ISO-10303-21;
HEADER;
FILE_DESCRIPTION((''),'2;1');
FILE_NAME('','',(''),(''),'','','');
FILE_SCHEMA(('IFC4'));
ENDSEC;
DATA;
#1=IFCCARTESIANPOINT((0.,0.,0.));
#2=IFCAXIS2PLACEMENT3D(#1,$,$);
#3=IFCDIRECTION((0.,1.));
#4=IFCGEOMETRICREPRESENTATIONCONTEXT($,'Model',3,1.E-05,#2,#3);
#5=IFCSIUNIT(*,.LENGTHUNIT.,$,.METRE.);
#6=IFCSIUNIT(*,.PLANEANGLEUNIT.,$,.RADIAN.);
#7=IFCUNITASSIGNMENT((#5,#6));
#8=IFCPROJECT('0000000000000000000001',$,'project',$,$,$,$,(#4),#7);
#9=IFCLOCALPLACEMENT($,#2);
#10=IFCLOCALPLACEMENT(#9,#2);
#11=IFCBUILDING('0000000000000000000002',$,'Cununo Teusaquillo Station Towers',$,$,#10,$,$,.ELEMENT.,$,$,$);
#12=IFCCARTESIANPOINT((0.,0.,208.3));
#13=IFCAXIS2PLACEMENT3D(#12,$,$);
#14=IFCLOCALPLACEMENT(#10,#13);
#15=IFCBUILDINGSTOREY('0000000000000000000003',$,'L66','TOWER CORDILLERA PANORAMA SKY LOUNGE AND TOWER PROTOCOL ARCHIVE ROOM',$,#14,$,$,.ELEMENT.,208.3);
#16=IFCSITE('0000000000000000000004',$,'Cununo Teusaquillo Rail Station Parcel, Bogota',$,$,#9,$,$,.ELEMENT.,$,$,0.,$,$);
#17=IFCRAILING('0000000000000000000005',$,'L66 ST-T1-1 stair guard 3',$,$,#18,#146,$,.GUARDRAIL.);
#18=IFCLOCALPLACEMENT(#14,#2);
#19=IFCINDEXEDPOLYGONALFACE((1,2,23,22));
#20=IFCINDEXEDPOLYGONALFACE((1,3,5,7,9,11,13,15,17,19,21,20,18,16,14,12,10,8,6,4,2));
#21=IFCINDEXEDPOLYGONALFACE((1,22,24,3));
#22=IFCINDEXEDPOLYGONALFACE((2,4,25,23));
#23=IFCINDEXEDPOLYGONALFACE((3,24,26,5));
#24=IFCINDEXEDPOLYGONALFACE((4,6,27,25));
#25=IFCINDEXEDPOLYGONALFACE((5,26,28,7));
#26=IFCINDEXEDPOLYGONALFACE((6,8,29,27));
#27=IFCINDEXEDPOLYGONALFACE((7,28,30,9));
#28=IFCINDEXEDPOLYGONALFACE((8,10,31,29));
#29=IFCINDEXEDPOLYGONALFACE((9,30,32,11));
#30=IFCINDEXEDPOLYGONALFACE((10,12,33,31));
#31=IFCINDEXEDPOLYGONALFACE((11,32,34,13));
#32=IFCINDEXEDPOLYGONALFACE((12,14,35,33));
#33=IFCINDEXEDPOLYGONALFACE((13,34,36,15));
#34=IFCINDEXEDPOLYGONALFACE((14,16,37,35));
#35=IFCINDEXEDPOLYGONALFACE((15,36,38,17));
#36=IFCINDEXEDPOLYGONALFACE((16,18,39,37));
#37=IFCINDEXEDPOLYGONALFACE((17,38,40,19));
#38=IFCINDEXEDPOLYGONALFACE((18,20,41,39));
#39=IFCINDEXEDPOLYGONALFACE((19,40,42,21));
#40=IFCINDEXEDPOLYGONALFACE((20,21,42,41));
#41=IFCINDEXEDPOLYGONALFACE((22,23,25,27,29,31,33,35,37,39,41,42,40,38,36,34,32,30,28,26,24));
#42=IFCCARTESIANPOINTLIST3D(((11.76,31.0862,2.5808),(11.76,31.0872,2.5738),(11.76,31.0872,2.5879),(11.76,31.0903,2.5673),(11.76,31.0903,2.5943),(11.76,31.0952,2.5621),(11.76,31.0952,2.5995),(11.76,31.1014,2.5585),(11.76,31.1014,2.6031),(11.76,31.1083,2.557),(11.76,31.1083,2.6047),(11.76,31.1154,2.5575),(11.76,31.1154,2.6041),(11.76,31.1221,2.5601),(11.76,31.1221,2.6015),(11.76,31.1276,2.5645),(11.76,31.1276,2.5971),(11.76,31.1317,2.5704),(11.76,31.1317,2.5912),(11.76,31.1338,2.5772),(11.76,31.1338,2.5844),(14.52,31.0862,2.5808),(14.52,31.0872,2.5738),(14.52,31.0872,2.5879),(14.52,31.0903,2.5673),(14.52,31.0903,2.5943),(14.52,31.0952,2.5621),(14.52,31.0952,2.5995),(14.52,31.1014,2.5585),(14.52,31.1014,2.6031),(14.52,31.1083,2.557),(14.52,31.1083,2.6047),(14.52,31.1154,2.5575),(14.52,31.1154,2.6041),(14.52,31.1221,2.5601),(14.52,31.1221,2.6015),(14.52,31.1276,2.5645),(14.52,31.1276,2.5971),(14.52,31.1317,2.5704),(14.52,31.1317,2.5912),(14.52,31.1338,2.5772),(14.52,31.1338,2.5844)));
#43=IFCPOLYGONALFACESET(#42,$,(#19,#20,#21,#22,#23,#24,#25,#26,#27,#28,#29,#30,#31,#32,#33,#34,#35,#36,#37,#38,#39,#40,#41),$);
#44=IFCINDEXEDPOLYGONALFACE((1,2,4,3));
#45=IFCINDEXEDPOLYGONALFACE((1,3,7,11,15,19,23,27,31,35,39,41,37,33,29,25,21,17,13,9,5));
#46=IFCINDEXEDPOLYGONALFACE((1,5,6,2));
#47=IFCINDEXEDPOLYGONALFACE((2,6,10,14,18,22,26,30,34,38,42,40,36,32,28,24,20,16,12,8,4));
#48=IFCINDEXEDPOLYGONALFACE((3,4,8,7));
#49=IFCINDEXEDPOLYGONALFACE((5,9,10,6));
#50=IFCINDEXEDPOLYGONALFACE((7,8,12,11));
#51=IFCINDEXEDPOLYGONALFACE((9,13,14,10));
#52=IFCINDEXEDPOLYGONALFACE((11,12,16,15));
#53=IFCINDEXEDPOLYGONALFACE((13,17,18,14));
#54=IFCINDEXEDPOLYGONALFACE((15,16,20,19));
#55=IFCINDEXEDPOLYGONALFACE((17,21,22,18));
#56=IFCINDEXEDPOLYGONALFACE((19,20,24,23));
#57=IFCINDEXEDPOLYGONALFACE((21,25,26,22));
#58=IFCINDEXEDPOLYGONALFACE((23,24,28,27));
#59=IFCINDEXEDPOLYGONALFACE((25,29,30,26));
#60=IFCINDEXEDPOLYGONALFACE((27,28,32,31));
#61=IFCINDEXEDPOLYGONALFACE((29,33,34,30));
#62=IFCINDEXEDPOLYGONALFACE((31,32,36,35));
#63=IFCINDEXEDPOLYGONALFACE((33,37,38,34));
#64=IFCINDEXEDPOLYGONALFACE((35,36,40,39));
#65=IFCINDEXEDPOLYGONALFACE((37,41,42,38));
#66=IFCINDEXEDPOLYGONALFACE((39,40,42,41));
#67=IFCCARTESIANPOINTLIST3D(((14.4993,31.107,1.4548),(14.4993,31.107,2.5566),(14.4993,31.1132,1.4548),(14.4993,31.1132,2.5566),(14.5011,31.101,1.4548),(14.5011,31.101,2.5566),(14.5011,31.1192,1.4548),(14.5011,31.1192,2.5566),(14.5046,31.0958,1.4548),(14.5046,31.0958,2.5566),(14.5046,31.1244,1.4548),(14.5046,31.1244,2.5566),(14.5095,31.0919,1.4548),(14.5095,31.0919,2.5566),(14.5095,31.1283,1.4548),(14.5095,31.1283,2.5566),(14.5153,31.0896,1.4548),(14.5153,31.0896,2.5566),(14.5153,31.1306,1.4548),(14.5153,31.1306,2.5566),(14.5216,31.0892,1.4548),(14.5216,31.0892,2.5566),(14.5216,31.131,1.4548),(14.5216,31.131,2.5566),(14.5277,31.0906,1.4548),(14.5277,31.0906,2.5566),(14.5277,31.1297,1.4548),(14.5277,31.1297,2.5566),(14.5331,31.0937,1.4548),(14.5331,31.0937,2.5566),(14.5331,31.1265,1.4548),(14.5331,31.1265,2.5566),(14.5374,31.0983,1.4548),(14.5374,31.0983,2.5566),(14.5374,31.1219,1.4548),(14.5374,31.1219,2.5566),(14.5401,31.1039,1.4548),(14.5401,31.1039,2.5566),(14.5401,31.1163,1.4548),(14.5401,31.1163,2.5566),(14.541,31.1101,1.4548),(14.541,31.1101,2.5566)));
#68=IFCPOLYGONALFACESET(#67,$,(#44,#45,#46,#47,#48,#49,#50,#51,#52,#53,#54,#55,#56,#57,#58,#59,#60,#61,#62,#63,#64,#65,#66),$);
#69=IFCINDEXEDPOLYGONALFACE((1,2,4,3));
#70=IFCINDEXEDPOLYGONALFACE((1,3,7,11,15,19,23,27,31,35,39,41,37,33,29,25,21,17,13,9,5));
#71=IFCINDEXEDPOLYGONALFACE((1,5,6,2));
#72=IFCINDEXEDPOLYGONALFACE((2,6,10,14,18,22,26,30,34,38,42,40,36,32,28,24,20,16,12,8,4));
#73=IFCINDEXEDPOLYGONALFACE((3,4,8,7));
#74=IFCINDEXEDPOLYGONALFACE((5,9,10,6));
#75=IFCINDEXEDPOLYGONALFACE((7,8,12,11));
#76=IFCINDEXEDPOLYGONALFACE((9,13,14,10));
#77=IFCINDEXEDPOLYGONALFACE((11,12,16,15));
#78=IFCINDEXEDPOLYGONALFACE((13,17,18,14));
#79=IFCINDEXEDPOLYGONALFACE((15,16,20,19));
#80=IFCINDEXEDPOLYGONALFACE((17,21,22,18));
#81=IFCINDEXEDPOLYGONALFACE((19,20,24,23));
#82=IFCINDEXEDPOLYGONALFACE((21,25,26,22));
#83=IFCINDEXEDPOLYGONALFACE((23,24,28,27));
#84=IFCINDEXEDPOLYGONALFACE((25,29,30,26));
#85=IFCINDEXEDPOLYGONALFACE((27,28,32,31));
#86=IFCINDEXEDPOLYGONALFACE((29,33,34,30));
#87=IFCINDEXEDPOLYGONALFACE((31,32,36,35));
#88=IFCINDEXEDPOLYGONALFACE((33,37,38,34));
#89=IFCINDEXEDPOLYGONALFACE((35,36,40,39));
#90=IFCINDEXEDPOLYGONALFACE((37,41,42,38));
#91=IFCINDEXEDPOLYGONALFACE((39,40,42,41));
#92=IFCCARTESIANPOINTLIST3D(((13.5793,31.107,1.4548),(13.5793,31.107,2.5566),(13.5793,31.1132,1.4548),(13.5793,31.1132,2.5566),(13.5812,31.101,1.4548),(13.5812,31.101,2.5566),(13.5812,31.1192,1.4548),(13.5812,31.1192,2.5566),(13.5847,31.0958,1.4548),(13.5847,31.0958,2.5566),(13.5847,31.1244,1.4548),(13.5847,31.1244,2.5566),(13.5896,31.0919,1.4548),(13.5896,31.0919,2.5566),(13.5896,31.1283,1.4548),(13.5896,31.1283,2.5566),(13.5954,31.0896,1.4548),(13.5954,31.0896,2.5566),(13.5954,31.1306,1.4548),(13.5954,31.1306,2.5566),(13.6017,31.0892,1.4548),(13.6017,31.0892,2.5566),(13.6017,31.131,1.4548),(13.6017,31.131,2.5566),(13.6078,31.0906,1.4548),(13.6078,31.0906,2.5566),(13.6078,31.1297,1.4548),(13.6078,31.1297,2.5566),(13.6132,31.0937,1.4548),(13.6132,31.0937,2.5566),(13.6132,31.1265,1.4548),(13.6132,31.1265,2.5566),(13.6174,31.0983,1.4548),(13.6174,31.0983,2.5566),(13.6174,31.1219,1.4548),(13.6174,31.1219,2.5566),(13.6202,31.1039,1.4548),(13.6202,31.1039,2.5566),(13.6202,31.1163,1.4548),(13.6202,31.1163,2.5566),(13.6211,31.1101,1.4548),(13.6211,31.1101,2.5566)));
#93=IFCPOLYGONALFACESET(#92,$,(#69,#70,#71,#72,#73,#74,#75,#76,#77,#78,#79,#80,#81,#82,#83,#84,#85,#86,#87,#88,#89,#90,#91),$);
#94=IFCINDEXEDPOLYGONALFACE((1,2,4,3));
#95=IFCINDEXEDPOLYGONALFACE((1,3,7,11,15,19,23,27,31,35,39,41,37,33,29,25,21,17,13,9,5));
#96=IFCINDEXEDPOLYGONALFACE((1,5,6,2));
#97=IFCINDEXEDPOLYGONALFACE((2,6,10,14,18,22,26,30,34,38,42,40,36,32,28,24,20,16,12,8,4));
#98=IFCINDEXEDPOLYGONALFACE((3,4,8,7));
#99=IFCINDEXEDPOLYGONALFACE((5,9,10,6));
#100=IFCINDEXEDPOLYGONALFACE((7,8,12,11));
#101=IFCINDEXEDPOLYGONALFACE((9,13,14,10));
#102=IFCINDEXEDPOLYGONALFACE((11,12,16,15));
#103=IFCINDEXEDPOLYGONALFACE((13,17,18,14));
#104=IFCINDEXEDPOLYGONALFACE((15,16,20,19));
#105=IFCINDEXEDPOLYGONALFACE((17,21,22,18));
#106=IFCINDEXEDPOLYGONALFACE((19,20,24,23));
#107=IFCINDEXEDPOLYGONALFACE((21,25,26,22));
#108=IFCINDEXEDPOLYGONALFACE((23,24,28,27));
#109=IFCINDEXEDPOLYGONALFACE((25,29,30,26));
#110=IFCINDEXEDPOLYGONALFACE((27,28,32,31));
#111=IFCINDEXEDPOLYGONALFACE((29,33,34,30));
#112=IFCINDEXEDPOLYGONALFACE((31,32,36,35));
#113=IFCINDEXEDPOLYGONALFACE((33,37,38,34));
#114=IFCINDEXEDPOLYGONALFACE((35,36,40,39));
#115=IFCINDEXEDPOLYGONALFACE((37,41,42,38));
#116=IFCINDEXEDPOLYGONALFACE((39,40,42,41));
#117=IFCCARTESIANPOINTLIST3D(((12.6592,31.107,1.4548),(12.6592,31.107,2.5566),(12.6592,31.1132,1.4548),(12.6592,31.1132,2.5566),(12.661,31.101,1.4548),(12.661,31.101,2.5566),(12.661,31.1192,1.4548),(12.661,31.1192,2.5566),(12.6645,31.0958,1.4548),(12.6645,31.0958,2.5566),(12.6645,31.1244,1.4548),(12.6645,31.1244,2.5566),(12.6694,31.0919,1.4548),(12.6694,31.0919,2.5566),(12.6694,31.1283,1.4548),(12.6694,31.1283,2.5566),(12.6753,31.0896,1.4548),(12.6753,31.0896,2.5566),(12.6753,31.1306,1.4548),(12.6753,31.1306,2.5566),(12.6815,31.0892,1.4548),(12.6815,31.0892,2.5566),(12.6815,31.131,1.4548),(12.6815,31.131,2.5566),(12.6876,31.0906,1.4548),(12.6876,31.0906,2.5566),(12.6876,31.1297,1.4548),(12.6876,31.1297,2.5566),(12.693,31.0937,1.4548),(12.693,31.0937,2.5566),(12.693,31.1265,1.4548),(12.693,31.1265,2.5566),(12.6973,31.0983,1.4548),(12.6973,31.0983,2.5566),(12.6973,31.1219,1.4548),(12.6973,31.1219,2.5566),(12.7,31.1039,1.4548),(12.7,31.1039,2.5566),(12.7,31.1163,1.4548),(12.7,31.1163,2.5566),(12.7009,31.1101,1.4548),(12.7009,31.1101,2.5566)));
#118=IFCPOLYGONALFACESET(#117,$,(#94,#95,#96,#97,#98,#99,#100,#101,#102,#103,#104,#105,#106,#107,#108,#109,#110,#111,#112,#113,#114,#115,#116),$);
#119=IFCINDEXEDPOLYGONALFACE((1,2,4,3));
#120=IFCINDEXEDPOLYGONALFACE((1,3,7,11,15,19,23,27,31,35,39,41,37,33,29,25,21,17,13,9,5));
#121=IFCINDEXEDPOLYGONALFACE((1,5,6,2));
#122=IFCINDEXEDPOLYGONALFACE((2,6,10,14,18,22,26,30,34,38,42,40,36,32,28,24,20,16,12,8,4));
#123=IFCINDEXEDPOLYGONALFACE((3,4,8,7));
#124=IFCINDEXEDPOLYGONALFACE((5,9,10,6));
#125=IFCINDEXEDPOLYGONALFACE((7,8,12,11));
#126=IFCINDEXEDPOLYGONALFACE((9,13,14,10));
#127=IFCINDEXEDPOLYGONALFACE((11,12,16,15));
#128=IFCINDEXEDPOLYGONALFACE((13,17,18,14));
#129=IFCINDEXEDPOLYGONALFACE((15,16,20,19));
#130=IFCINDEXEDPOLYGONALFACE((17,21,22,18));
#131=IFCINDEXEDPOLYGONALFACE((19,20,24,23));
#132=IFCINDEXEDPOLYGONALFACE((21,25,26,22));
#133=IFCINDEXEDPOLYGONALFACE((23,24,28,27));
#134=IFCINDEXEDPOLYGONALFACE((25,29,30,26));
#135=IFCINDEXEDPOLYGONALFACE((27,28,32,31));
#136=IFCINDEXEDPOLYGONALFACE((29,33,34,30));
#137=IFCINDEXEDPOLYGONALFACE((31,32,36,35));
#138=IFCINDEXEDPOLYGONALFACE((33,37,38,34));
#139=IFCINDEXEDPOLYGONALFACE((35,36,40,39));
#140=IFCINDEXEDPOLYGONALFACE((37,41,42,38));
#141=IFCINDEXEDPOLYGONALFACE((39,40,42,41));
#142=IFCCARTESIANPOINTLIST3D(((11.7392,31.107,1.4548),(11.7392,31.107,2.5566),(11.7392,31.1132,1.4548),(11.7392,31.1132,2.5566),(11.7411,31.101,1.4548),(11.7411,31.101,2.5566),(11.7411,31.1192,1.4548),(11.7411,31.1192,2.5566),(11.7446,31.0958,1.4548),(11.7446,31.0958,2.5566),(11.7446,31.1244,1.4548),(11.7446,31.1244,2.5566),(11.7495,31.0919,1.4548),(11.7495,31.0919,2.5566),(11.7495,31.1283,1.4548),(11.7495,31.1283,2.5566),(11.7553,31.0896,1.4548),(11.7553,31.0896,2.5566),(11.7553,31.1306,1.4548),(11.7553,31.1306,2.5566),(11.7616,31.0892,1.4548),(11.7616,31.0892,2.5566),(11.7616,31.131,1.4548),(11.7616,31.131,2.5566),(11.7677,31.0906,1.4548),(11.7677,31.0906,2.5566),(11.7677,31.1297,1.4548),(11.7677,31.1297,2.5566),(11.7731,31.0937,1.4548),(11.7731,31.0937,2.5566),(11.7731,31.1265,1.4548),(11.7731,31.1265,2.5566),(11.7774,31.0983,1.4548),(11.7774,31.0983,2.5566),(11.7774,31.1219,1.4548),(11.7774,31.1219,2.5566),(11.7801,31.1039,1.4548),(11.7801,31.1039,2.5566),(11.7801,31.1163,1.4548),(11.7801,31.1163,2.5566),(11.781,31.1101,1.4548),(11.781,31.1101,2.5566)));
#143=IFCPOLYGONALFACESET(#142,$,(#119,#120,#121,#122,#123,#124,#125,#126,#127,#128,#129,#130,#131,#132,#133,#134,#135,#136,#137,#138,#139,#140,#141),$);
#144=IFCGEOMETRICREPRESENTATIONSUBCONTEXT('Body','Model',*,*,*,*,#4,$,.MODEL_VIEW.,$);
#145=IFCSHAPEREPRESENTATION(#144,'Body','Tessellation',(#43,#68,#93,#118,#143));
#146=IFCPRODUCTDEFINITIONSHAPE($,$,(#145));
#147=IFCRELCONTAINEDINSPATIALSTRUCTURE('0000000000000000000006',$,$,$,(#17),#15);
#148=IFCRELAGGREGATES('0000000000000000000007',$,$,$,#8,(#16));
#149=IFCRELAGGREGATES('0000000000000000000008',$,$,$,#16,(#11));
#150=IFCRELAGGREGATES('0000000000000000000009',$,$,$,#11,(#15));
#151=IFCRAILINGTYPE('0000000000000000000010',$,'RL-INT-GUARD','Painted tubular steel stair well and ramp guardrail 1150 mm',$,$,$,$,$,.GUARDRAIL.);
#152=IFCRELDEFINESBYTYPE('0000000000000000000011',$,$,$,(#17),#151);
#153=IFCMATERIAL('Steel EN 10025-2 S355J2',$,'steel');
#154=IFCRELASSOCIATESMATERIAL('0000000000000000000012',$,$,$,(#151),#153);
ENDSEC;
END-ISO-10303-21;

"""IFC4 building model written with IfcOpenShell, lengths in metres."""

from ifc_helpers import new_model, si_unit, direction, frame, origin, origin_2d, place, context, subcontext, project, spatial, circle, extrude, material, type_object, element, save


model = new_model("IFC4")

# Units and contexts
model_context = context("Model", 3, precision=1e-05, world=origin(), true_north=direction((0.0, 1.0)))
body_context = subcontext(model_context, "Body", "Model", "MODEL_VIEW")
ifc_project = project(units=[si_unit("LENGTHUNIT", "METRE"), si_unit("PLANEANGLEUNIT", "RADIAN")], contexts=[model_context])

# Site, building, storey
site_placement = place(None, origin())
site = spatial("IfcSite", under=ifc_project, at=site_placement, Name="Cununo Teusaquillo Rail Station Parcel, Bogota", CompositionType="ELEMENT", RefElevation=0.0)
building_placement = place(site_placement, origin())
building = spatial("IfcBuilding", under=site, at=building_placement, Name="Cununo Teusaquillo Station Towers", CompositionType="ELEMENT")
storey_placement = place(building_placement, frame((0.0, 0.0, 208.3)))
storey = spatial("IfcBuildingStorey", under=building, at=storey_placement, Name="L66", Description="TOWER CORDILLERA PANORAMA SKY LOUNGE AND TOWER PROTOCOL ARCHIVE ROOM", CompositionType="ELEMENT", Elevation=208.3)

# Railing
ifc_material_1 = material(Name="Steel EN 10025-2 S355J2", Category="steel")
railing_type_1 = type_object("IfcRailingType", Name="RL-INT-GUARD", Description="Painted tubular steel stair well and ramp guardrail 1150 mm", PredefinedType="GUARDRAIL", material=ifc_material_1)
railing_1_placement = place(storey_placement, frame((14.52, 31.1101, 1.4548)))
element("IfcRailing", 1, at=railing_1_placement, inside=storey, type_object=railing_type_1, Name="L66 ST-T1-1 stair guard 3", PredefinedType="GUARDRAIL", context=body_context, shape_type="SweptSolid", body=[
    extrude(circle(Radius=0.0239, at=origin_2d()), frame((0.0, 0.0, 1.126), z_axis=(-1.0, 0.0, 0.0), x_axis=(0.0, -1.0, 0.0)), (0.0, 0.0, 1.0), 2.76),
    extrude(circle(Radius=0.021, at=origin_2d()), origin(), (0.0, 0.0, 1.0), 1.1018),
    extrude(circle(Radius=0.021, at=origin_2d()), frame((-0.9199, 0.0, 0.0)), (0.0, 0.0, 1.0), 1.1018),
    extrude(circle(Radius=0.021, at=origin_2d()), frame((-1.8401, 0.0, 0.0)), (0.0, 0.0, 1.0), 1.1018),
    extrude(circle(Radius=0.021, at=origin_2d()), frame((-2.76, 0.0, 0.0)), (0.0, 0.0, 1.0), 1.1018),
])

save(model, "model.ifc")
